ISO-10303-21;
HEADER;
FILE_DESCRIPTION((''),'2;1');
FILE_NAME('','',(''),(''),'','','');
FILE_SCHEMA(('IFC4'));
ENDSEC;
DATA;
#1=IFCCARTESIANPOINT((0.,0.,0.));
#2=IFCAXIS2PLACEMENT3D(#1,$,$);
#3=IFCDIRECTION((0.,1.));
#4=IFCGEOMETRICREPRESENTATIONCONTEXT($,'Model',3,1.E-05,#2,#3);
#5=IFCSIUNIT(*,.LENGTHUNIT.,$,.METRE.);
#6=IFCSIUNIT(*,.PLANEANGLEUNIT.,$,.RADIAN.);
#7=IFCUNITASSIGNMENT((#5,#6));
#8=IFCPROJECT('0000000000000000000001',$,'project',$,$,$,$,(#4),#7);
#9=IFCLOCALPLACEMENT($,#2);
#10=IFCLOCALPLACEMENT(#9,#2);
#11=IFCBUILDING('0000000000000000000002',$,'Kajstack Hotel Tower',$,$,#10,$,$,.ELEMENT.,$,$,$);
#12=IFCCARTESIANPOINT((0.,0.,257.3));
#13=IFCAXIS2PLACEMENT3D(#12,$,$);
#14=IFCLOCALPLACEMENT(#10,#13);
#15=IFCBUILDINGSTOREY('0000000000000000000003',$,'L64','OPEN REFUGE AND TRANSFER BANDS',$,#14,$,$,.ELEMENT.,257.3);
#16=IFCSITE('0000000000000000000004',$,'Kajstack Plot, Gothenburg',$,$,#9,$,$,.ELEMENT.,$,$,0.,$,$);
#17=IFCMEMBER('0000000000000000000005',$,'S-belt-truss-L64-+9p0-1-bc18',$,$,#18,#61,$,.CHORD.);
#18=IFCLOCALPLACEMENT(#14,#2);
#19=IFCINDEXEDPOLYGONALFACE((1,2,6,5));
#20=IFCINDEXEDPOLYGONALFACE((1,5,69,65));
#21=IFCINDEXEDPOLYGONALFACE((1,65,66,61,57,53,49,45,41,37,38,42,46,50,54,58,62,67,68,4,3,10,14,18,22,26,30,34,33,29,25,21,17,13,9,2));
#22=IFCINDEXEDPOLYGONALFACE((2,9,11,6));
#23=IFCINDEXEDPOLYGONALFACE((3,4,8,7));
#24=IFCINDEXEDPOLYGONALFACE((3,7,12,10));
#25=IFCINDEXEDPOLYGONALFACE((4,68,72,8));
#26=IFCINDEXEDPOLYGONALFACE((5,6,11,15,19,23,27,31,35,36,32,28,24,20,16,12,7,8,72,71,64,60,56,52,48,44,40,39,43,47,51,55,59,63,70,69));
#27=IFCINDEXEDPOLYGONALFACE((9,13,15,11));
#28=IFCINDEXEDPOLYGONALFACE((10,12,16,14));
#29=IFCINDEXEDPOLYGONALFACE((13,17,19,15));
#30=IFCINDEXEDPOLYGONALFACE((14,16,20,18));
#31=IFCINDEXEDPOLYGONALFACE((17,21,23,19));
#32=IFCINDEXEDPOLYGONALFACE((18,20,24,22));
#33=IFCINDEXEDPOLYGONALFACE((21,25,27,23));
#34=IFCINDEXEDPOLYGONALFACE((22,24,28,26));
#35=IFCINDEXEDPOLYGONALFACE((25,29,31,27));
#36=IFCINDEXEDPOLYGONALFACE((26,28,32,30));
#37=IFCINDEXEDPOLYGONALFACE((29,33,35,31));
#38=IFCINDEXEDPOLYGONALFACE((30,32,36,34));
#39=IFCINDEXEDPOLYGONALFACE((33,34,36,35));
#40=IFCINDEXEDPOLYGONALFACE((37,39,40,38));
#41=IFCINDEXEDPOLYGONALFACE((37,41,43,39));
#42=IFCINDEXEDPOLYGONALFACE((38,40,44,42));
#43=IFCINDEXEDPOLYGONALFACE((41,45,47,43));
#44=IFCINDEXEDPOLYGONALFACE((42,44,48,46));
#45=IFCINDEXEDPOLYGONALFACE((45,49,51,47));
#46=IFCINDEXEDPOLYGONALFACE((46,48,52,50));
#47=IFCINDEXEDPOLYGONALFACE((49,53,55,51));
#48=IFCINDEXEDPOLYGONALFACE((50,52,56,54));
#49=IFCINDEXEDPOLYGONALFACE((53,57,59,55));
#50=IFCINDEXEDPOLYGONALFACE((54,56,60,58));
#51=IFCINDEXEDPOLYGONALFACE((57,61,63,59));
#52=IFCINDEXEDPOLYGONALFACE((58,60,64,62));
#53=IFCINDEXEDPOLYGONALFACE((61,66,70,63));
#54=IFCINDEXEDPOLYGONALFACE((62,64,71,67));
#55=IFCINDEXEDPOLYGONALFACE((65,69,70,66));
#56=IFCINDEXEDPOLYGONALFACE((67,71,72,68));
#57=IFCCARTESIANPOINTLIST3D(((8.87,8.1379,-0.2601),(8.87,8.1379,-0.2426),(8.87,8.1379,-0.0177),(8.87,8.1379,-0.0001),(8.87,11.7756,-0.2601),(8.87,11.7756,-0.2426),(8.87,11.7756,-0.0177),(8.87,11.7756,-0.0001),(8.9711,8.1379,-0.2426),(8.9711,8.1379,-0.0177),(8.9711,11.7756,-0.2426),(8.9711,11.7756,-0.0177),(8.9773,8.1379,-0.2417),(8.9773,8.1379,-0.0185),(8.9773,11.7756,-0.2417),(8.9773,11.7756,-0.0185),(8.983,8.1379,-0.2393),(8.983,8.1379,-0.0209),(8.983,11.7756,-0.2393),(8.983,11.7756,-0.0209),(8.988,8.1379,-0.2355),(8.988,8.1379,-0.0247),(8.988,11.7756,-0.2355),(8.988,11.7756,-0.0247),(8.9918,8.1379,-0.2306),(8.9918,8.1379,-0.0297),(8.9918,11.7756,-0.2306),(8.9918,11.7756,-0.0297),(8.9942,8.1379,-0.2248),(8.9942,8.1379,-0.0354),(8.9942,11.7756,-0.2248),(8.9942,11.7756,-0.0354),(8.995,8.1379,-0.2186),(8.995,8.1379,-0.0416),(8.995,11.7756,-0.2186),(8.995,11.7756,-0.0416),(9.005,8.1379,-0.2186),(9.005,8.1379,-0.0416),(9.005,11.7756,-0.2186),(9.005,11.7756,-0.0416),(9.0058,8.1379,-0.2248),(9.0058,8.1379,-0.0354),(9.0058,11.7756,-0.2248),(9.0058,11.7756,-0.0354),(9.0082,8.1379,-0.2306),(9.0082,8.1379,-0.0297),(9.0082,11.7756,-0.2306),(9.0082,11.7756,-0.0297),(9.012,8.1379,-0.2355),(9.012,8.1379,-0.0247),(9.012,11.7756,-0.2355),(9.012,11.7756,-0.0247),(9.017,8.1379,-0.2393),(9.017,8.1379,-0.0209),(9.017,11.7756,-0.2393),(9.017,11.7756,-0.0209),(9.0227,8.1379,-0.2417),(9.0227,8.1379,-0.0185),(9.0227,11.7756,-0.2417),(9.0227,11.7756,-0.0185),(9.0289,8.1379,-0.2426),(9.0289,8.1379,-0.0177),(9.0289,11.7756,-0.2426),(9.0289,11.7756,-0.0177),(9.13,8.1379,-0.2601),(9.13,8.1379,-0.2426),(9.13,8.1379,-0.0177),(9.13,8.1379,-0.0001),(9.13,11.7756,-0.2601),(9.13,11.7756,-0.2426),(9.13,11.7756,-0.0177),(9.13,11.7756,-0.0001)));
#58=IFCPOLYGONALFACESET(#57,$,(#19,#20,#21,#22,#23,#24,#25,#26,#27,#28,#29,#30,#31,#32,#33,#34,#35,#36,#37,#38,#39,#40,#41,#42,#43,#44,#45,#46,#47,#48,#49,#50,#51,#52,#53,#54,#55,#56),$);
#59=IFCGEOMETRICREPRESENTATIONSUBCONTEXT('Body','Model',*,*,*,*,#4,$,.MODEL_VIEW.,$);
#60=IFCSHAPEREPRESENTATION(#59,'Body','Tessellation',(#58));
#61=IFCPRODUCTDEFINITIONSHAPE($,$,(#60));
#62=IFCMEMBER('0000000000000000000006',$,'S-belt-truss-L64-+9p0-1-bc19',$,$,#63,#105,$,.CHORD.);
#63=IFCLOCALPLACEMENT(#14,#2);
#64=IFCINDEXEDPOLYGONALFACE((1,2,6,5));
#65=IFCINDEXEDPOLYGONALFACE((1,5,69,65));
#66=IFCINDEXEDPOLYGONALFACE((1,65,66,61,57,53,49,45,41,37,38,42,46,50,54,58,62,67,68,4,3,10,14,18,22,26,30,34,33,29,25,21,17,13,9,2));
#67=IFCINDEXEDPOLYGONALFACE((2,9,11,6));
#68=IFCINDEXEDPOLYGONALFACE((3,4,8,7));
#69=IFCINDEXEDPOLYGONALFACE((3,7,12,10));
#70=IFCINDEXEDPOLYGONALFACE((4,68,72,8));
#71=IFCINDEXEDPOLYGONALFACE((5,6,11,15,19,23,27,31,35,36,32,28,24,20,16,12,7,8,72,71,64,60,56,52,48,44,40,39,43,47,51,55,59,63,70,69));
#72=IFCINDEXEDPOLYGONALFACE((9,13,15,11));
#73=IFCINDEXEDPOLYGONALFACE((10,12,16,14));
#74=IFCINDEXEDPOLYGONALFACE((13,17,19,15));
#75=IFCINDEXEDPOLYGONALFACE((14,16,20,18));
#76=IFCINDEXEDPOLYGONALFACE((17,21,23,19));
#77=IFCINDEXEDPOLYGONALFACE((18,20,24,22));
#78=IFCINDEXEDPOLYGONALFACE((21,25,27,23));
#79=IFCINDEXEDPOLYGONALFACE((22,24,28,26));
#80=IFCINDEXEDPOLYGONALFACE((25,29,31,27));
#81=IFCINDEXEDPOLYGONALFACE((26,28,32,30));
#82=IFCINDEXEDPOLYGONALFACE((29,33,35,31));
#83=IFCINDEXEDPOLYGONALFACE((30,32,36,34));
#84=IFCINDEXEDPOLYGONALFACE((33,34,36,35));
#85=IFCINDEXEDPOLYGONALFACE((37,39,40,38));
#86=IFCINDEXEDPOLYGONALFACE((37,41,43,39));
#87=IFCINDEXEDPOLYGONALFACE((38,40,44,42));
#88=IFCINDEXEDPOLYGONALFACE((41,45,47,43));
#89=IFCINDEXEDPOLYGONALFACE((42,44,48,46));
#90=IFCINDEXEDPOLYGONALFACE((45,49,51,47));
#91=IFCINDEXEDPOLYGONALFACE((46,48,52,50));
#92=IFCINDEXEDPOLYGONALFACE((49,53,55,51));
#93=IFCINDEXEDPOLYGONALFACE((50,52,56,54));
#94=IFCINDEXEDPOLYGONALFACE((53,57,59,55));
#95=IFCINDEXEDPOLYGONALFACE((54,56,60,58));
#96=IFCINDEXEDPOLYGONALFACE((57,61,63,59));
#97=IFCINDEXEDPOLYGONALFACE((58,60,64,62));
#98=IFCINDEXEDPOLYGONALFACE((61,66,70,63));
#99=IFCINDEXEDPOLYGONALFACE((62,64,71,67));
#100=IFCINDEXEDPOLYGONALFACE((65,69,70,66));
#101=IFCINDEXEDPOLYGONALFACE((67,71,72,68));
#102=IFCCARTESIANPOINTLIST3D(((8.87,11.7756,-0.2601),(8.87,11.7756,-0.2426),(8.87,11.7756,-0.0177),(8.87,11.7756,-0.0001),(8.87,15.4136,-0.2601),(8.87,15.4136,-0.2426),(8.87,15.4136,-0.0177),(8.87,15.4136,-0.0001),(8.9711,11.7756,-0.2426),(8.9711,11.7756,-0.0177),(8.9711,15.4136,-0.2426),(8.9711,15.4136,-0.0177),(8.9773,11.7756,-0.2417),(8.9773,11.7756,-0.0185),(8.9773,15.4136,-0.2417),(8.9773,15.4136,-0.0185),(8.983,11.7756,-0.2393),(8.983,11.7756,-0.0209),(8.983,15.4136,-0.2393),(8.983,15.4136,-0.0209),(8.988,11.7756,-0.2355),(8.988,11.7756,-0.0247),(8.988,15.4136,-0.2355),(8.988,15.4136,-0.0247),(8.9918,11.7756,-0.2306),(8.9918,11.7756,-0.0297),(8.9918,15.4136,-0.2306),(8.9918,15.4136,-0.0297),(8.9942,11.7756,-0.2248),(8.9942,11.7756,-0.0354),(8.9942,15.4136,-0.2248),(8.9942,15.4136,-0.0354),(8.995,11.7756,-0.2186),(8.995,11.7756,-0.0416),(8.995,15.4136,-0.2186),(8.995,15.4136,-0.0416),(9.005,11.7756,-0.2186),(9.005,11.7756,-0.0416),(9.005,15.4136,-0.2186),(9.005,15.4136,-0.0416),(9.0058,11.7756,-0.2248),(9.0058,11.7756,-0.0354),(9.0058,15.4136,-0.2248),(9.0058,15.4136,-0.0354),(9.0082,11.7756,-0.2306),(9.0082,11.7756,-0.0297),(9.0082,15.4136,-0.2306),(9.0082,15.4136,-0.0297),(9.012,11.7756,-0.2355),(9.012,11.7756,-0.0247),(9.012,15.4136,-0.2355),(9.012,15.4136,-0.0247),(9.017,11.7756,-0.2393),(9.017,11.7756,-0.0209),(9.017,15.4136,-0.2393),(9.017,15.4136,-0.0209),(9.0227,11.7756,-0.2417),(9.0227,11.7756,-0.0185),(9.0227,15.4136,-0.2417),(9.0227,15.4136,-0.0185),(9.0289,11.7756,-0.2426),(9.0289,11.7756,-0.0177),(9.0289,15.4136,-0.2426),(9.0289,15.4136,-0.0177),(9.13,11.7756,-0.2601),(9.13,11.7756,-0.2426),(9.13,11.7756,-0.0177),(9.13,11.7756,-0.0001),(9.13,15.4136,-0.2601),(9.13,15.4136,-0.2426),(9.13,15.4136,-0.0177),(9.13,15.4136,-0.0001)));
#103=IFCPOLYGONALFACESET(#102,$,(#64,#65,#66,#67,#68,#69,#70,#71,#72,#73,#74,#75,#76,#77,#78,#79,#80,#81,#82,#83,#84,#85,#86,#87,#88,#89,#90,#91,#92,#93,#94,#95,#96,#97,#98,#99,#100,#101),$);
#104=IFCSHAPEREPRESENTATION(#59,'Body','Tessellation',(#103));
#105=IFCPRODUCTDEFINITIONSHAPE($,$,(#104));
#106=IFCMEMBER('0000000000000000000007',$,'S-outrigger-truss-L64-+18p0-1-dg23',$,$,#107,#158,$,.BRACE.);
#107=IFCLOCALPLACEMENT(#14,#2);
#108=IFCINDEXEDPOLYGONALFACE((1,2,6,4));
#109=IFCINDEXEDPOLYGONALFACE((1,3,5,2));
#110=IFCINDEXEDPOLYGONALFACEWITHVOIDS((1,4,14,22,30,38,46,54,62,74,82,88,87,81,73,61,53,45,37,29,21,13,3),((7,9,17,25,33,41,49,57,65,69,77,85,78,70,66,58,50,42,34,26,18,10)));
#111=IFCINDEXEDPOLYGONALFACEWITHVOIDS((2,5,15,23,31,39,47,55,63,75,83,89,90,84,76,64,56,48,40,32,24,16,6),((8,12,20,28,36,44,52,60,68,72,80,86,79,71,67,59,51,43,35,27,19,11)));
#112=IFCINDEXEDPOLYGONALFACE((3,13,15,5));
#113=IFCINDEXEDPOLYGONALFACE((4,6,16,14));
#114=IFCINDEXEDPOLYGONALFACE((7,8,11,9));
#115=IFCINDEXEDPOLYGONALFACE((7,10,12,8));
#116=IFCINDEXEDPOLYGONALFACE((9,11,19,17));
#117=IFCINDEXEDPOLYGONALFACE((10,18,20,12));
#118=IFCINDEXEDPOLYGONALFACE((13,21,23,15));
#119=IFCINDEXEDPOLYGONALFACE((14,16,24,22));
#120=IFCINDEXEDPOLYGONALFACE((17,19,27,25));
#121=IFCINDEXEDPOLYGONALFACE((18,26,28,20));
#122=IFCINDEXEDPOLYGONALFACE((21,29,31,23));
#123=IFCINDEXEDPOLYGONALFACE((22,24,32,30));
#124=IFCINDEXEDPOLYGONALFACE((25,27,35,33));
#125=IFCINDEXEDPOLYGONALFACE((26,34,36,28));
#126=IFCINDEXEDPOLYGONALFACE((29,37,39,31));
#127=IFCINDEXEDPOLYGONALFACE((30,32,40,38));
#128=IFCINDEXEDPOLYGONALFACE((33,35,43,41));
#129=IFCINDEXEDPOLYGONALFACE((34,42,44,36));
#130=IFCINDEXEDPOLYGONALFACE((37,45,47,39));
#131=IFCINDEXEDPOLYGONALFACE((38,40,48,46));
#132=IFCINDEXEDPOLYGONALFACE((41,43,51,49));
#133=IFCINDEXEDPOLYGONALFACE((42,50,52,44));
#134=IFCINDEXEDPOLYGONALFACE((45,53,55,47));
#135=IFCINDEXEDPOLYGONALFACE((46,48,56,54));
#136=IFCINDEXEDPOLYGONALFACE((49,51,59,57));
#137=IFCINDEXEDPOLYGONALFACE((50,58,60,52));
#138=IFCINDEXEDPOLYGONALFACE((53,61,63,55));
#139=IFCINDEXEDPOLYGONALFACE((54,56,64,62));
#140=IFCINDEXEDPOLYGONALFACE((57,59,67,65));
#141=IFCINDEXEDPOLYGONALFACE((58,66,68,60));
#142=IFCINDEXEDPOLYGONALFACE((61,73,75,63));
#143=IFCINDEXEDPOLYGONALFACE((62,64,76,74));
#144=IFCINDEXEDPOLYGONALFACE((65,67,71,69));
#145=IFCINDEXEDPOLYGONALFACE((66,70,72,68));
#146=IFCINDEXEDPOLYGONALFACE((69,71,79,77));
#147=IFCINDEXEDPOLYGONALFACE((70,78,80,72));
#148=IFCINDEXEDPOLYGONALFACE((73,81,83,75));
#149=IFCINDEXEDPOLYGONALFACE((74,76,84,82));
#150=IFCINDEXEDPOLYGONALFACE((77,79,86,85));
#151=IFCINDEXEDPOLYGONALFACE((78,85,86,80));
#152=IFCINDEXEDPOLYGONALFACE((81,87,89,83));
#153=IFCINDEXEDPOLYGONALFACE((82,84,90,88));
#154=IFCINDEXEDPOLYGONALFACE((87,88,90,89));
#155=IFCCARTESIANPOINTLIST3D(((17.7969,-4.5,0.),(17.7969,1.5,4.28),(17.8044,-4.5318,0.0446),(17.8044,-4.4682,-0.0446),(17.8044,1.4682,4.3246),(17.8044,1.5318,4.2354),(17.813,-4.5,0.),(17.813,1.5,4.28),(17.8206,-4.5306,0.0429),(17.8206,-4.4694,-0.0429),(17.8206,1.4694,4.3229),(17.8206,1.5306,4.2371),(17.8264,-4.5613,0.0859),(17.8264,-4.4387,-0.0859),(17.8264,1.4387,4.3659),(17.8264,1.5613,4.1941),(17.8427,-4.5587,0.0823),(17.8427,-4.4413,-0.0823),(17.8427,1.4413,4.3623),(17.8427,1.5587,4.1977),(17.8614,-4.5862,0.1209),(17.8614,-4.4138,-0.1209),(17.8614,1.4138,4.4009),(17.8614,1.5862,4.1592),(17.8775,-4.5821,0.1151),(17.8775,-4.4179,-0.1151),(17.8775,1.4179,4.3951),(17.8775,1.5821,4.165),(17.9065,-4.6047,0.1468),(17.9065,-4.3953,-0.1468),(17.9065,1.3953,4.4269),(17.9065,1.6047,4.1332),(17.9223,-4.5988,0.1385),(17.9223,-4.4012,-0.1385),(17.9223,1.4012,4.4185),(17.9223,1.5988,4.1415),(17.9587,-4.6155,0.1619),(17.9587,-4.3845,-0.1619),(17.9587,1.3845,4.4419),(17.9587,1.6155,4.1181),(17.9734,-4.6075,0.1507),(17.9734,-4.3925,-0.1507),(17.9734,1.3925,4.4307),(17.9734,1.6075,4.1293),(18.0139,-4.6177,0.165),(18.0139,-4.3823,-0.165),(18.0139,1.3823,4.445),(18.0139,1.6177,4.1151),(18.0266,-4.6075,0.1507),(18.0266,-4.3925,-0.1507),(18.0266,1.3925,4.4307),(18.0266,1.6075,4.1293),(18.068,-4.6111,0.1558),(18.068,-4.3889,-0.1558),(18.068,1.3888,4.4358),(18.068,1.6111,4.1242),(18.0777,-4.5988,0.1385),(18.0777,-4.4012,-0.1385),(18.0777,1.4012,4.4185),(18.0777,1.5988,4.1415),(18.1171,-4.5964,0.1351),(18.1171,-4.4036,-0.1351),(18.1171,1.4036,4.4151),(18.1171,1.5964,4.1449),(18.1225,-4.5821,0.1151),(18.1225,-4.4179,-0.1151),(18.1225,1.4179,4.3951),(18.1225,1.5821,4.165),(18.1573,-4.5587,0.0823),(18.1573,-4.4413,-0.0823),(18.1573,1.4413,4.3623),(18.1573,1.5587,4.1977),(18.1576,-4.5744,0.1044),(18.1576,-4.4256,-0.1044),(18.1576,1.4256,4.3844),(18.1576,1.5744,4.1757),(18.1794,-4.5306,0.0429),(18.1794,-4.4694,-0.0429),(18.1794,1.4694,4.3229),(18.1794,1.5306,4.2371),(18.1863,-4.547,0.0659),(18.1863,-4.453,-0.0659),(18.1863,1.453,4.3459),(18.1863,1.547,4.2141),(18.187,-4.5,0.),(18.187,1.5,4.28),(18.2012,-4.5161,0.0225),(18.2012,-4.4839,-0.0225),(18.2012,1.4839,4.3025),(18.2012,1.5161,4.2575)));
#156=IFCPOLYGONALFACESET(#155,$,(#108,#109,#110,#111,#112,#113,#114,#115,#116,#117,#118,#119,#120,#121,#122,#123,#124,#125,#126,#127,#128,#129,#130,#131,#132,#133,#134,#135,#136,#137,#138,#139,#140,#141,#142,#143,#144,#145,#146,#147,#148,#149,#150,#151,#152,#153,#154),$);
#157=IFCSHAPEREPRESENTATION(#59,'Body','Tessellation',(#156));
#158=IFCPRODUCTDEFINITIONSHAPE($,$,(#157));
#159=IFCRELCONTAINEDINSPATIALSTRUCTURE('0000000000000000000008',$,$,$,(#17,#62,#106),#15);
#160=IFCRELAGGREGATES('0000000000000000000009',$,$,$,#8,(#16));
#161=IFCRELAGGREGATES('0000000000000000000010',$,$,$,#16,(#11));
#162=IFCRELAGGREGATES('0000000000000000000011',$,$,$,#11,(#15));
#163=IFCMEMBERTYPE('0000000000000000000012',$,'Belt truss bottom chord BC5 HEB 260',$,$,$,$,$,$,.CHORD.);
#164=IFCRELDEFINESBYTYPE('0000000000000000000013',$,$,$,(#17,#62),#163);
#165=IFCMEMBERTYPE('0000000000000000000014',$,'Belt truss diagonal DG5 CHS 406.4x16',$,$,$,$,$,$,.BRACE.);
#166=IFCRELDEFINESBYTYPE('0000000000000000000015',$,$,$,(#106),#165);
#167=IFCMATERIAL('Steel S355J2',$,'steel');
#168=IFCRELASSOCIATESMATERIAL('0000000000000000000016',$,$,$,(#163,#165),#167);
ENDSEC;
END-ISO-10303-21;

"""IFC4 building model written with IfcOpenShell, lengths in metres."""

from ifc_helpers import new_model, si_unit, direction, frame, origin, origin_2d, place, context, subcontext, project, spatial, hollow_circle, i_section, extrude, material, material_profile, profile_set, type_object, element, save


model = new_model("IFC4")

# Units and contexts
model_context = context("Model", 3, precision=1e-05, world=origin(), true_north=direction((0.0, 1.0)))
body_context = subcontext(model_context, "Body", "Model", "MODEL_VIEW")
ifc_project = project(units=[si_unit("LENGTHUNIT", "METRE"), si_unit("PLANEANGLEUNIT", "RADIAN")], contexts=[model_context])

# Site, building, storey
site_placement = place(None, origin())
site = spatial("IfcSite", under=ifc_project, at=site_placement, Name="Kajstack Plot, Gothenburg", CompositionType="ELEMENT", RefElevation=0.0)
building_placement = place(site_placement, origin())
building = spatial("IfcBuilding", under=site, at=building_placement, Name="Kajstack Hotel Tower", CompositionType="ELEMENT")
storey_placement = place(building_placement, frame((0.0, 0.0, 257.3)))
storey = spatial("IfcBuildingStorey", under=building, at=storey_placement, Name="L64", Description="OPEN REFUGE AND TRANSFER BANDS", CompositionType="ELEMENT", Elevation=257.3)

# Members
ifc_material_1 = material(Name="Steel S355J2", Category="steel")
ifc_material_profile_1 = material_profile(ifc_material_1, i_section(OverallWidth=0.26, OverallDepth=0.26, WebThickness=0.01, FlangeThickness=0.0176, FilletRadius=0.0239, at=origin_2d()), Name="HEB 260")
ifc_profile_set_1 = profile_set([ifc_material_profile_1], Name="Steel S355J2")
member_type_1 = type_object("IfcMemberType", Name="Belt truss bottom chord BC5 HEB 260", PredefinedType="CHORD", material=ifc_profile_set_1)
member_1_placement = place(storey_placement, frame((9.0, 8.1379, -0.1301), z_axis=(0.0, 1.0, 0.0), x_axis=(-1.0, 0.0, 0.0)))
element("IfcMember", 1, at=member_1_placement, inside=storey, type_object=member_type_1, Name="S-belt-truss-L64-+9p0-1-bc18", PredefinedType="CHORD", context=body_context, shape_type="SweptSolid", body=[
    extrude(i_section(OverallWidth=0.26, OverallDepth=0.26, WebThickness=0.01, FlangeThickness=0.0176, FilletRadius=0.0239, at=origin_2d()), origin(), (0.0, 0.0, 1.0), 3.6377),
])
member_2_placement = place(storey_placement, frame((9.0, 11.7756, -0.1301), z_axis=(0.0, 1.0, 0.0), x_axis=(-1.0, 0.0, 0.0)))
element("IfcMember", 2, at=member_2_placement, inside=storey, type_object=member_type_1, Name="S-belt-truss-L64-+9p0-1-bc19", PredefinedType="CHORD", context=body_context, shape_type="SweptSolid", body=[
    extrude(i_section(OverallWidth=0.26, OverallDepth=0.26, WebThickness=0.01, FlangeThickness=0.0176, FilletRadius=0.0239, at=origin_2d()), origin(), (0.0, 0.0, 1.0), 3.6379),
])
ifc_material_profile_2 = material_profile(ifc_material_1, hollow_circle(Radius=0.2031, WallThickness=0.0161, at=origin_2d()), Name="CHS 406.4x16")
ifc_profile_set_2 = profile_set([ifc_material_profile_2], Name="Steel S355J2")
member_type_2 = type_object("IfcMemberType", Name="Belt truss diagonal DG5 CHS 406.4x16", PredefinedType="BRACE", material=ifc_profile_set_2)
member_3_placement = place(storey_placement, frame((18.0, -4.5, 0.0), z_axis=(0.0, 0.814098, 0.580727), x_axis=(-1.0, 0.0, 0.0)))
element("IfcMember", 3, at=member_3_placement, inside=storey, type_object=member_type_2, Name="S-outrigger-truss-L64-+18p0-1-dg23", PredefinedType="BRACE", context=body_context, shape_type="SweptSolid", body=[
    extrude(hollow_circle(Radius=0.2031, WallThickness=0.0161, at=origin_2d()), origin(), (0.0, 0.0, 1.0), 7.3701),
])

save(model, "model.ifc")
